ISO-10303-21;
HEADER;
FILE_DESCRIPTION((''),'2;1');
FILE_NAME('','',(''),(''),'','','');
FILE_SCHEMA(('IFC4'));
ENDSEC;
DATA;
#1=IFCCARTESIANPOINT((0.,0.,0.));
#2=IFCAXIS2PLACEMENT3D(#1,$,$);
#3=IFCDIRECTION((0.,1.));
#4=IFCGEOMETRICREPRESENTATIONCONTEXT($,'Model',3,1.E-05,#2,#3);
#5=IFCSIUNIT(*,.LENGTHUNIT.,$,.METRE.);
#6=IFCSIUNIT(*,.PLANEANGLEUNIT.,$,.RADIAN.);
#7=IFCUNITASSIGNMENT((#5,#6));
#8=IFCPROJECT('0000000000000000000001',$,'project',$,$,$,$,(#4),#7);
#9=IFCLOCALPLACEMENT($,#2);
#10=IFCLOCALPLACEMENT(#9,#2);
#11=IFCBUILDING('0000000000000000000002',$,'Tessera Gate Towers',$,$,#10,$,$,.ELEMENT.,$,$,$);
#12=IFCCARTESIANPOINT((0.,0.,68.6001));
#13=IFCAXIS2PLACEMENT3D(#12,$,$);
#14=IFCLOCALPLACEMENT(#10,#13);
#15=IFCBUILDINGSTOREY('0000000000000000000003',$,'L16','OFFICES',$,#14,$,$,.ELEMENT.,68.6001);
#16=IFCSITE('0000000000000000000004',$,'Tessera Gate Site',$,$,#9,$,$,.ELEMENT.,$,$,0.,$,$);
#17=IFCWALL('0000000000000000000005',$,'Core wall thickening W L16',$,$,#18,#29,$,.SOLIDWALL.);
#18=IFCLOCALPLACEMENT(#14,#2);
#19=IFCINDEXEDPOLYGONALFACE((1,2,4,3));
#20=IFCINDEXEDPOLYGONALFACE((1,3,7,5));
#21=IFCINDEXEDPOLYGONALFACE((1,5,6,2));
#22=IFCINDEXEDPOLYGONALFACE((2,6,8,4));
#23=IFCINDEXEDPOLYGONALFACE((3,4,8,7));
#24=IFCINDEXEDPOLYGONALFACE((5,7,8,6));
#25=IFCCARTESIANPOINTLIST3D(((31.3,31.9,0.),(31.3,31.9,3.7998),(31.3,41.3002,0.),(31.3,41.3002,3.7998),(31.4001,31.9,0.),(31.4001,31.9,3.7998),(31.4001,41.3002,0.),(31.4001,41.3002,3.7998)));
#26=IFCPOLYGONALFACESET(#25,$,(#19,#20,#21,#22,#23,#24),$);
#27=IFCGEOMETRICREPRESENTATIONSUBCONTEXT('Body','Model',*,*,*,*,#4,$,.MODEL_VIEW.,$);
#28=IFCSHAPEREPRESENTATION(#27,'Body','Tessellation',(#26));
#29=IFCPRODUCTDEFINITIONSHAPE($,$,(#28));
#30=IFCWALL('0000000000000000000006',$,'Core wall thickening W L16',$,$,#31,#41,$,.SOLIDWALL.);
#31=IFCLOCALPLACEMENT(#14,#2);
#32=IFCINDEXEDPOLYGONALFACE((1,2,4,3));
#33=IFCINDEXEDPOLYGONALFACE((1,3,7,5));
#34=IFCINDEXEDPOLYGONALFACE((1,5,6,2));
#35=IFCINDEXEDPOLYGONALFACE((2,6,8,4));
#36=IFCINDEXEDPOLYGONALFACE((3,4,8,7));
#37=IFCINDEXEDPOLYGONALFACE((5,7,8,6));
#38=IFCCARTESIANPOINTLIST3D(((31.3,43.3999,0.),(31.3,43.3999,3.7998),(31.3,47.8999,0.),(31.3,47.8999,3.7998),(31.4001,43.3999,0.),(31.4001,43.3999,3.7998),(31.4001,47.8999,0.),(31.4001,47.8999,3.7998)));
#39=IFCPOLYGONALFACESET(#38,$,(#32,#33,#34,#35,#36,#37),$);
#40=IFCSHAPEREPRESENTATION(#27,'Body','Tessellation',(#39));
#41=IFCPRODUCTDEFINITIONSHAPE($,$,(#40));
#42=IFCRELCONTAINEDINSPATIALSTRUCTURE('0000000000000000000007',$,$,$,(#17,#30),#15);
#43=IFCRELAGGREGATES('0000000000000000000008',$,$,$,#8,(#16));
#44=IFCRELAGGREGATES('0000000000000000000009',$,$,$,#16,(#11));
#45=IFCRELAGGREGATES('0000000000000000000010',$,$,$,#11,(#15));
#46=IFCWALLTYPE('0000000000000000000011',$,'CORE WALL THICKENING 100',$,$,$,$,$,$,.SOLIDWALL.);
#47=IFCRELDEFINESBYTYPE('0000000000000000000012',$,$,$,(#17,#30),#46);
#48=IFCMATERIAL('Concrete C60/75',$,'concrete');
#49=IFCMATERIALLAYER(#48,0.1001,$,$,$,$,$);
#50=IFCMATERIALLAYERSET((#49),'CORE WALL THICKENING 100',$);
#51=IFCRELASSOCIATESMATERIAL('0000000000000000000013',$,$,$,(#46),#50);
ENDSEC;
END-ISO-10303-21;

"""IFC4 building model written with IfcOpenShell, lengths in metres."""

from ifc_helpers import new_model, si_unit, direction, frame, frame_2d, origin, place, context, subcontext, project, spatial, rectangle, extrude, material, layer, layer_set, type_object, element, save


model = new_model("IFC4")

# Units and contexts
model_context = context("Model", 3, precision=1e-05, world=origin(), true_north=direction((0.0, 1.0)))
body_context = subcontext(model_context, "Body", "Model", "MODEL_VIEW")
ifc_project = project(units=[si_unit("LENGTHUNIT", "METRE"), si_unit("PLANEANGLEUNIT", "RADIAN")], contexts=[model_context])

# Site, building, storey
site_placement = place(None, origin())
site = spatial("IfcSite", under=ifc_project, at=site_placement, Name="Tessera Gate Site", CompositionType="ELEMENT", RefElevation=0.0)
building_placement = place(site_placement, origin())
building = spatial("IfcBuilding", under=site, at=building_placement, Name="Tessera Gate Towers", CompositionType="ELEMENT")
storey_placement = place(building_placement, frame((0.0, 0.0, 68.6001)))
storey = spatial("IfcBuildingStorey", under=building, at=storey_placement, Name="L16", Description="OFFICES", CompositionType="ELEMENT", Elevation=68.6001)

# Walls
ifc_material_1 = material(Name="Concrete C60/75", Category="concrete")
ifc_layer_1 = layer(ifc_material_1, 0.1001)
ifc_layer_set_1 = layer_set([ifc_layer_1], Name="CORE WALL THICKENING 100")
wall_type_1 = type_object("IfcWallType", Name="CORE WALL THICKENING 100", PredefinedType="SOLIDWALL", material=ifc_layer_set_1)
wall_1_placement = place(storey_placement, frame((31.3501, 31.8999, 0.0), z_axis=(0.0, 0.0, 1.0), x_axis=(0.0, 1.0, 0.0)))
element("IfcWall", 1, at=wall_1_placement, inside=storey, type_object=wall_type_1, Name="Core wall thickening W L16", PredefinedType="SOLIDWALL", context=body_context, shape_type="SweptSolid", body=[
    extrude(rectangle(XDim=9.4001, YDim=0.1001, at=frame_2d((4.7002, 0.0))), origin(), (0.0, 0.0, 1.0), 3.7998),
])
wall_2_placement = place(storey_placement, frame((31.3501, 43.3999, 0.0), z_axis=(0.0, 0.0, 1.0), x_axis=(0.0, 1.0, 0.0)))
element("IfcWall", 2, at=wall_2_placement, inside=storey, type_object=wall_type_1, Name="Core wall thickening W L16", PredefinedType="SOLIDWALL", context=body_context, shape_type="SweptSolid", body=[
    extrude(rectangle(XDim=4.5, YDim=0.1001, at=frame_2d((2.25, 0.0))), origin(), (0.0, 0.0, 1.0), 3.7998),
])

save(model, "model.ifc")
